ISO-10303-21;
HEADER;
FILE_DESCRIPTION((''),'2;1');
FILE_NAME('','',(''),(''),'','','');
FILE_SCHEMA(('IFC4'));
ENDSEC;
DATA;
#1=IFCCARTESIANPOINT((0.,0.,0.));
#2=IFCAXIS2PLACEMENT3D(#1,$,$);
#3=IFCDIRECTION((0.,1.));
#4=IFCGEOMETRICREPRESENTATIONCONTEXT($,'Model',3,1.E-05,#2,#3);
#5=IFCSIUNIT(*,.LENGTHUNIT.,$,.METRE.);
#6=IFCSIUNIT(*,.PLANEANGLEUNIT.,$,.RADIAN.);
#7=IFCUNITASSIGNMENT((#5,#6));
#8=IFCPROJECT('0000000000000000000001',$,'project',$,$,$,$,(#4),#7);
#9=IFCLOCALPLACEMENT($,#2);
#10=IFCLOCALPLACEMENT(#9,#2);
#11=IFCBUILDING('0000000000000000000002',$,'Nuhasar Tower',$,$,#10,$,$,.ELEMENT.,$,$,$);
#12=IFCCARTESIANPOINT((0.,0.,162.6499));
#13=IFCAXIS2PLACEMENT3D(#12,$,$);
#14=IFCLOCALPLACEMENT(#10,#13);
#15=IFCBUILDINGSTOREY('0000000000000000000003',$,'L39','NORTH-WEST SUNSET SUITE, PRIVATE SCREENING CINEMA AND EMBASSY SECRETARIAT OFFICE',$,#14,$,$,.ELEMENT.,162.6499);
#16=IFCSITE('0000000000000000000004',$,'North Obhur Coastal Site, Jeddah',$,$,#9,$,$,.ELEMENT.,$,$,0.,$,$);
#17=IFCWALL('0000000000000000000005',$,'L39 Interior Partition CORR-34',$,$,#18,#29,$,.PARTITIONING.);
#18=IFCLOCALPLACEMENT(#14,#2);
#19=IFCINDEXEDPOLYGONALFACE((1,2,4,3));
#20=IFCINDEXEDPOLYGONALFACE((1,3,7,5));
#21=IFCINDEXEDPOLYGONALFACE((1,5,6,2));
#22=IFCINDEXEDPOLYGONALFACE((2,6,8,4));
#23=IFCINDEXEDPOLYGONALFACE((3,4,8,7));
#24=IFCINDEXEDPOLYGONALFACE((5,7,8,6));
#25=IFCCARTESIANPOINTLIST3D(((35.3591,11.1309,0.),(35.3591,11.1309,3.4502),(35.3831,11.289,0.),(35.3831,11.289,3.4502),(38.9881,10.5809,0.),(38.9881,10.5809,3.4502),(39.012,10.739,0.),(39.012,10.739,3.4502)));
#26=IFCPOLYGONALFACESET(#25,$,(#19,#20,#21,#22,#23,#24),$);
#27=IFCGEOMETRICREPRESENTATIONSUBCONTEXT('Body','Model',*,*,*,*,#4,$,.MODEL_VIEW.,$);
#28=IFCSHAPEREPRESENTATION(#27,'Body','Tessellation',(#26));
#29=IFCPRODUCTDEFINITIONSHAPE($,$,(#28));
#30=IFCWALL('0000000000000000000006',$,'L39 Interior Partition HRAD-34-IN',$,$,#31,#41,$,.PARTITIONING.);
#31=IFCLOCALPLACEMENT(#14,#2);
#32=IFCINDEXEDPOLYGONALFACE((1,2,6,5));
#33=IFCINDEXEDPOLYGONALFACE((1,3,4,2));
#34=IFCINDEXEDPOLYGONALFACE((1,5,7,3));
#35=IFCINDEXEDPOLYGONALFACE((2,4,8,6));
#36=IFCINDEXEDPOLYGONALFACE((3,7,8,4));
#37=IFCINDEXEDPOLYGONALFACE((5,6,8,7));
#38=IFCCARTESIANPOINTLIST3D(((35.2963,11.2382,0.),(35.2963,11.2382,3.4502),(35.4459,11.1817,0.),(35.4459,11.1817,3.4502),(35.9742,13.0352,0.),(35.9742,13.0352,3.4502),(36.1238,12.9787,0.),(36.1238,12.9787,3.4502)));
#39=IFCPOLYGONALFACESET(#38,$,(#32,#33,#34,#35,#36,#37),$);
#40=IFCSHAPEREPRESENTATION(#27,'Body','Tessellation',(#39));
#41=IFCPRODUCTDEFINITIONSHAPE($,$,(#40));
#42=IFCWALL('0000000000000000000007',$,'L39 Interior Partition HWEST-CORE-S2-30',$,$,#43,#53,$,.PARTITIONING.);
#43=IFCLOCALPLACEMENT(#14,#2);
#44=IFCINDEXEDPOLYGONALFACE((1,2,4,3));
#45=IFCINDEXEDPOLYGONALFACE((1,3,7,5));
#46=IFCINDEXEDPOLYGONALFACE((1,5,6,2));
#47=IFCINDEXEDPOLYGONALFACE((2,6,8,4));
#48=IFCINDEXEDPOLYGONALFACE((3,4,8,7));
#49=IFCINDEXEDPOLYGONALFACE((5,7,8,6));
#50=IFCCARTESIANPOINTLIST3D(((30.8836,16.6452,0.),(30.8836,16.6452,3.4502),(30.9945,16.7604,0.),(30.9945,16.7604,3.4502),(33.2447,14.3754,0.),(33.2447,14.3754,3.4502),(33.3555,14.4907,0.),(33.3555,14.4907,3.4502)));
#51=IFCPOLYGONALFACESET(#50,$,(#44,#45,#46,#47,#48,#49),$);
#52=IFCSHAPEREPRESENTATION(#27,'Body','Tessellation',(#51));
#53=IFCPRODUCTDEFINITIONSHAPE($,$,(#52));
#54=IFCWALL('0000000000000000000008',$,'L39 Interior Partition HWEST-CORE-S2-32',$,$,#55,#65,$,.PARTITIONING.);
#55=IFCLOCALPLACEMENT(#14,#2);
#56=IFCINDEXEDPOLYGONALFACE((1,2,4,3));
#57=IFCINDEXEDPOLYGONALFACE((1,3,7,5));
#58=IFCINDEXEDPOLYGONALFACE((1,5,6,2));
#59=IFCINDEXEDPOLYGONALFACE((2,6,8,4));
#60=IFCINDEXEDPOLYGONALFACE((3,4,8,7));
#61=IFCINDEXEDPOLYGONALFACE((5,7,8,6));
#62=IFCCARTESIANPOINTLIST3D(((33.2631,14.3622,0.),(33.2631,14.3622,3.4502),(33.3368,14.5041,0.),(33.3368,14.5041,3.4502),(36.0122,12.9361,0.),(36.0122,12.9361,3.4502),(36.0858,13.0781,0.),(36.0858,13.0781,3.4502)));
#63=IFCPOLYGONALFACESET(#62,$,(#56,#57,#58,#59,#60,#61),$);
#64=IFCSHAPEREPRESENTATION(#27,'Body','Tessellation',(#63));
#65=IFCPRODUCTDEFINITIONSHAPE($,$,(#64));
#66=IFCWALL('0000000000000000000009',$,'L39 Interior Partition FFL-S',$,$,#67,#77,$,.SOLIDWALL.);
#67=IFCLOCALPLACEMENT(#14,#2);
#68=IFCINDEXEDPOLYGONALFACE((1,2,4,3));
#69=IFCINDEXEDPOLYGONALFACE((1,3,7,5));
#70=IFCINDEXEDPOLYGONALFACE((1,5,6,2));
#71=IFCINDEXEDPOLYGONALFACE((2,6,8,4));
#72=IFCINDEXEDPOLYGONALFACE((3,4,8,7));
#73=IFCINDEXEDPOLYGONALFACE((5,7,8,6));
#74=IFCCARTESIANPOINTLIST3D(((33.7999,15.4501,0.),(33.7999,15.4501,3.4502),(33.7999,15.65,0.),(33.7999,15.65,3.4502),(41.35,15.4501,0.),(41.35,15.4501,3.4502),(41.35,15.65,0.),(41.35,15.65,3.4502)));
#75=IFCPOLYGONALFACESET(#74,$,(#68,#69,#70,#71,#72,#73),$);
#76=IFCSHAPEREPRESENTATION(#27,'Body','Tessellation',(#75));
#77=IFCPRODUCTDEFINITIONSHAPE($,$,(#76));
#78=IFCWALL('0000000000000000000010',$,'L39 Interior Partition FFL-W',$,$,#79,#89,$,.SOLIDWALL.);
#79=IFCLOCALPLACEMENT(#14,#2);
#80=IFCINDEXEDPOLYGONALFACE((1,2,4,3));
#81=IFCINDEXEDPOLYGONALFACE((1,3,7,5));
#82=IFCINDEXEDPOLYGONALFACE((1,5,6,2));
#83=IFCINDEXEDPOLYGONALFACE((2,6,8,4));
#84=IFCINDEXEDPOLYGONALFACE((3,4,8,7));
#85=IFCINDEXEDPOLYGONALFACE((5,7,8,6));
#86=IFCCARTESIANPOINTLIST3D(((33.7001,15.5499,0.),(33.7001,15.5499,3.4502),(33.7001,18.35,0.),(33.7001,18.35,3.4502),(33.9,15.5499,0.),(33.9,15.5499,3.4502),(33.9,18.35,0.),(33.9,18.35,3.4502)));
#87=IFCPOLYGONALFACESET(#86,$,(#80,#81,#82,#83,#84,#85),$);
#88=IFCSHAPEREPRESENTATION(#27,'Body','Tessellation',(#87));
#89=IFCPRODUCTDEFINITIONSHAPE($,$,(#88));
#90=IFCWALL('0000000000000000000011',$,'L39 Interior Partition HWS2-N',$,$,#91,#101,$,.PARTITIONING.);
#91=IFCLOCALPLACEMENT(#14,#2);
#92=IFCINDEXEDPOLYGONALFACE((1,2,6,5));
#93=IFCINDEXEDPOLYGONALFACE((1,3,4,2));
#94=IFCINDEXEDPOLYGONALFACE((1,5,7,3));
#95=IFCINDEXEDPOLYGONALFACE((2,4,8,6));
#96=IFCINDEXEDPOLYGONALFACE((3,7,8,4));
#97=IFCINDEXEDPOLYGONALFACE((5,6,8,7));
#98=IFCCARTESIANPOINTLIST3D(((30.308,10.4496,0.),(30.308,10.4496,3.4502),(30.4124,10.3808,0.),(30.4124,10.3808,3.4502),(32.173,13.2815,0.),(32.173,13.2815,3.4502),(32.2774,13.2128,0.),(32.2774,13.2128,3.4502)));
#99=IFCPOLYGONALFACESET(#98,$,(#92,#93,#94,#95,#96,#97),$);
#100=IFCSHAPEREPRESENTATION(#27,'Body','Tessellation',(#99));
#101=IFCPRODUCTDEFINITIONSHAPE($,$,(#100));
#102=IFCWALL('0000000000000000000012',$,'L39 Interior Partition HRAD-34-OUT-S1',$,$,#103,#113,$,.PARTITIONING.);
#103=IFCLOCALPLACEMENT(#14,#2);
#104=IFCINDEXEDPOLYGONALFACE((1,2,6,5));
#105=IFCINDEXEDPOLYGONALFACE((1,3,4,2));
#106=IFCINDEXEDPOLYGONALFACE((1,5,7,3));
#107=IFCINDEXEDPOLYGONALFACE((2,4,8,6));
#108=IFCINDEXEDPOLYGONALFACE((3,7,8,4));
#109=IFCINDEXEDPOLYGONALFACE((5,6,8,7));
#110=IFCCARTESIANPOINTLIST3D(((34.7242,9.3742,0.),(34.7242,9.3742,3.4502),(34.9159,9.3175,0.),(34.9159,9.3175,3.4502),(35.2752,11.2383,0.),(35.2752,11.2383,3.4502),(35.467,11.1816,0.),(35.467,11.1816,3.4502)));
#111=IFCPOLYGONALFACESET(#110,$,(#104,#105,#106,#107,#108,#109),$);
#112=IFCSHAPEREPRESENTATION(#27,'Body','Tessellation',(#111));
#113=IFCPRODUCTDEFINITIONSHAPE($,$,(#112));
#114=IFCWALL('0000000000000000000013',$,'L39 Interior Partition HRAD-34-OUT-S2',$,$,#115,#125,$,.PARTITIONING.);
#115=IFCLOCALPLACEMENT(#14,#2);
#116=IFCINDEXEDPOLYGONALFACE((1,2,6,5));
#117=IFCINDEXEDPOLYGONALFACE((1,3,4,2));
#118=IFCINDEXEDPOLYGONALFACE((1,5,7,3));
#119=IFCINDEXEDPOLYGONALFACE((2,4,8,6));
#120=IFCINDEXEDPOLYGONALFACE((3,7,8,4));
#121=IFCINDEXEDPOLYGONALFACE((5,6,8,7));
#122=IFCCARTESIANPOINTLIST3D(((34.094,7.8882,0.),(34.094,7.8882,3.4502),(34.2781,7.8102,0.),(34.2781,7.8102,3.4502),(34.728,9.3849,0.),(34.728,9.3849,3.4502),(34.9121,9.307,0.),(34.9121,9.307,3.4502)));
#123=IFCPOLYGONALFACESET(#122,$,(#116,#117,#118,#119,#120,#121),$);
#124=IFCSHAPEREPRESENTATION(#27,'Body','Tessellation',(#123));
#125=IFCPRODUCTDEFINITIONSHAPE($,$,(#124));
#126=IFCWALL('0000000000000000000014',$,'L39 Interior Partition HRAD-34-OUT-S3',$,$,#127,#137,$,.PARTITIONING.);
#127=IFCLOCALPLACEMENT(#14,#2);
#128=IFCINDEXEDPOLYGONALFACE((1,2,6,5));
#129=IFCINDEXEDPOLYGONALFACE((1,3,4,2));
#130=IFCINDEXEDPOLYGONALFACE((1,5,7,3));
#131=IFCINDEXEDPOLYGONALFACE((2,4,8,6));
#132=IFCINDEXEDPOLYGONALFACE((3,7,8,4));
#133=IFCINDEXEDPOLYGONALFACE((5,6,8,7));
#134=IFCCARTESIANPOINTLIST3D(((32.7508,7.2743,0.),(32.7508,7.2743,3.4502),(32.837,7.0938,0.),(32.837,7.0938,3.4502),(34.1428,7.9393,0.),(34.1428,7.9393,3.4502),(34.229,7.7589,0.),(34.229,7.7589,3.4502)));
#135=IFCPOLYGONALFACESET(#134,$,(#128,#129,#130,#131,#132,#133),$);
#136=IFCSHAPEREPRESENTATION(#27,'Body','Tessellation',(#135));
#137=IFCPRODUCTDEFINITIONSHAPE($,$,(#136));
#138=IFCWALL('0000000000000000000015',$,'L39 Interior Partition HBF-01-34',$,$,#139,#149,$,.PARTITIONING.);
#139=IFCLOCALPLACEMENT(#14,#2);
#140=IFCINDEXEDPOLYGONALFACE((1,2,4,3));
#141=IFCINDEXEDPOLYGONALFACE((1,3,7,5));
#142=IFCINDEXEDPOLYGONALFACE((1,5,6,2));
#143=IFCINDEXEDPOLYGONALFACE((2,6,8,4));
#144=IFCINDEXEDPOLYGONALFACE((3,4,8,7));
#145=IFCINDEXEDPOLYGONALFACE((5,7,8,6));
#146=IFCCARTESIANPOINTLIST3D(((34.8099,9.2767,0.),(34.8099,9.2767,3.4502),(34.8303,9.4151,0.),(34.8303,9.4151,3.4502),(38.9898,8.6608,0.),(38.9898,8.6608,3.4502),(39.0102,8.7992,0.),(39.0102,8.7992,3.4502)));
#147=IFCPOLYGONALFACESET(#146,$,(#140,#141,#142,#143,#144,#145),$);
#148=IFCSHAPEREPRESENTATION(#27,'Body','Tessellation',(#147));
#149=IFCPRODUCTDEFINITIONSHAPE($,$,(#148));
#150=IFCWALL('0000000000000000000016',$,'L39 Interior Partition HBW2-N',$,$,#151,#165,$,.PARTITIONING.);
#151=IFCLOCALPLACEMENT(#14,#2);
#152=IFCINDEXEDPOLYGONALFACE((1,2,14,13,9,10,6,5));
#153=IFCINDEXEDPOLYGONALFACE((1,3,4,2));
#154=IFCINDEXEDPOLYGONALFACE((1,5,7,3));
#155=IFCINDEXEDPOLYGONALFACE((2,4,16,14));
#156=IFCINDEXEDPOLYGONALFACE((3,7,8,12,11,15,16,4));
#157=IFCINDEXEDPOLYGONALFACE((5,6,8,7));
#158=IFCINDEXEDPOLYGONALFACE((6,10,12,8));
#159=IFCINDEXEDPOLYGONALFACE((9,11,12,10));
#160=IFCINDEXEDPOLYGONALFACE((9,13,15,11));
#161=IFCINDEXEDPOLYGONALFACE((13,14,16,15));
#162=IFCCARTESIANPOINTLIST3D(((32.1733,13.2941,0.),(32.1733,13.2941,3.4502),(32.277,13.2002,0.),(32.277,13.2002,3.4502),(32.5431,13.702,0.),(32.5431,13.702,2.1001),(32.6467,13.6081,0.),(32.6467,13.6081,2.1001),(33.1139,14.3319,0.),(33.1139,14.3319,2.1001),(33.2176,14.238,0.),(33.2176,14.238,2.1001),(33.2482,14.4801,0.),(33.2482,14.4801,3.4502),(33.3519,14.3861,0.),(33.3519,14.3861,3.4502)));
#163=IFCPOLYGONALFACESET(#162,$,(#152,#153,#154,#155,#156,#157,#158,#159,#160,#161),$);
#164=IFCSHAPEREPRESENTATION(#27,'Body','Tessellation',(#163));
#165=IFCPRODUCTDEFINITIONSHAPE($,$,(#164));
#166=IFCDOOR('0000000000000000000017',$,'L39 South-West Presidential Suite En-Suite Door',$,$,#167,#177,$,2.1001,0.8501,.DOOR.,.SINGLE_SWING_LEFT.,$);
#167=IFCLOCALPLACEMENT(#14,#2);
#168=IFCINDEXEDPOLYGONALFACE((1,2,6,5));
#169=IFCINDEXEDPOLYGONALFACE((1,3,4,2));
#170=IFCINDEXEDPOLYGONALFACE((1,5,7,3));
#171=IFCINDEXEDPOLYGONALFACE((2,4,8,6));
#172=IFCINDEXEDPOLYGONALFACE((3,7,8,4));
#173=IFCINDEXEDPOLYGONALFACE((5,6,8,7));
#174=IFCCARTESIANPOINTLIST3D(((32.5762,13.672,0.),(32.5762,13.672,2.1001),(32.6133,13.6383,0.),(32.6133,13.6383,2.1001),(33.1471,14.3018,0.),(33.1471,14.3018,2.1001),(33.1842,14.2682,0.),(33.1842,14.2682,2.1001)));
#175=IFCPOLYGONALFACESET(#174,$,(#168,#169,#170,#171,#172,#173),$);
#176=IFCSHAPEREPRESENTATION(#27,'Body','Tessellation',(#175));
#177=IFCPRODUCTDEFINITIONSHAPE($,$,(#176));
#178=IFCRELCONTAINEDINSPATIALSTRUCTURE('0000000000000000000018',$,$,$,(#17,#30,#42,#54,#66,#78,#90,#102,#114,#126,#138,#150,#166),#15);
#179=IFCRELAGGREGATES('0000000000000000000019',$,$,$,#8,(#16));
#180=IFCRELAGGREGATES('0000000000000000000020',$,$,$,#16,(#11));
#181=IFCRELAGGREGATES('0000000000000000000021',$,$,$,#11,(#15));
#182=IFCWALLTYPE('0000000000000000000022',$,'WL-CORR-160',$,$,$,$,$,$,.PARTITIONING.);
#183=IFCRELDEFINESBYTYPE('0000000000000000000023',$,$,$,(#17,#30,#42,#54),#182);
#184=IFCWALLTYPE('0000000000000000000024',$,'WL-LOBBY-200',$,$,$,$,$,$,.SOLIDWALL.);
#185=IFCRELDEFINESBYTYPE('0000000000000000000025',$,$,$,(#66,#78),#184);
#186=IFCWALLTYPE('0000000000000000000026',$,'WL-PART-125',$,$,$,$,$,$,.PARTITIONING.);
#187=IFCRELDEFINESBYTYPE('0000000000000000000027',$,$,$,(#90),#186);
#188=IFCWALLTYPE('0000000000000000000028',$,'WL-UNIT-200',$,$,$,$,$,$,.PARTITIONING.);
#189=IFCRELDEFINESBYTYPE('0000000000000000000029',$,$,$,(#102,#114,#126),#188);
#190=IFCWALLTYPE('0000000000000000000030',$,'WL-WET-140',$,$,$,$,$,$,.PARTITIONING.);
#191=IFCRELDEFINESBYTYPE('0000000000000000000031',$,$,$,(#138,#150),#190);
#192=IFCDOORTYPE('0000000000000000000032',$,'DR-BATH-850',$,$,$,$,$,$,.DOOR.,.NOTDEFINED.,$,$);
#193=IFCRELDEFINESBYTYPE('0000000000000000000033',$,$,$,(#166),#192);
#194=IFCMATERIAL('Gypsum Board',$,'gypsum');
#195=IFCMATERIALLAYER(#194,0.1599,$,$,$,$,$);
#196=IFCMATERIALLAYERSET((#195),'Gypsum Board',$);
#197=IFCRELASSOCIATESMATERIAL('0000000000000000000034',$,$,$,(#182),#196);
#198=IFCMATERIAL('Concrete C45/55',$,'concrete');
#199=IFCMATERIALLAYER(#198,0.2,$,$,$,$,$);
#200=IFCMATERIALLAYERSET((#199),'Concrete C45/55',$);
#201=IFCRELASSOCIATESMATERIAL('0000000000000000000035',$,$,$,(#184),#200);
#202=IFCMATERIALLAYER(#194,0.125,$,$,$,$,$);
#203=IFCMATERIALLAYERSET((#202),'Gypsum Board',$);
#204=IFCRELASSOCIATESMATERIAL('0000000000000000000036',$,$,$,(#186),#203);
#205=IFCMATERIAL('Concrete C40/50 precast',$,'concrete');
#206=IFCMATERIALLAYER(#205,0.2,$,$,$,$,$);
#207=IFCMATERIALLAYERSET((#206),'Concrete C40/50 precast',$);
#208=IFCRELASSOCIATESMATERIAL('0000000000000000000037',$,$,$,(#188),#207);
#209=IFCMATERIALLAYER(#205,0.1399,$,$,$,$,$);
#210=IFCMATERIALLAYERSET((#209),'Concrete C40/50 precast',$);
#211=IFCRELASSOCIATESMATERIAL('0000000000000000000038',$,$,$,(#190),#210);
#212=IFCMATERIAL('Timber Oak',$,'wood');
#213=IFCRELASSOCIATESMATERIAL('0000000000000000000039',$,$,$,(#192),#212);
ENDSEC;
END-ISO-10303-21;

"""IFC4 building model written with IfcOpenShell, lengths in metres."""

from ifc_helpers import new_model, si_unit, direction, frame, frame_2d, origin, place, context, subcontext, project, spatial, rectangle, extrude, material, layer, layer_set, type_object, element, fill, save


model = new_model("IFC4")

# Units and contexts
model_context = context("Model", 3, precision=1e-05, world=origin(), true_north=direction((0.0, 1.0)))
body_context = subcontext(model_context, "Body", "Model", "MODEL_VIEW")
ifc_project = project(units=[si_unit("LENGTHUNIT", "METRE"), si_unit("PLANEANGLEUNIT", "RADIAN")], contexts=[model_context])

# Site, building, storey
site_placement = place(None, origin())
site = spatial("IfcSite", under=ifc_project, at=site_placement, Name="North Obhur Coastal Site, Jeddah", CompositionType="ELEMENT", RefElevation=0.0)
building_placement = place(site_placement, origin())
building = spatial("IfcBuilding", under=site, at=building_placement, Name="Nuhasar Tower", CompositionType="ELEMENT")
storey_placement = place(building_placement, frame((0.0, 0.0, 162.6499)))
storey = spatial("IfcBuildingStorey", under=building, at=storey_placement, Name="L39", Description="NORTH-WEST SUNSET SUITE, PRIVATE SCREENING CINEMA AND EMBASSY SECRETARIAT OFFICE", CompositionType="ELEMENT", Elevation=162.6499)

# Walls
ifc_material_1 = material(Name="Gypsum Board", Category="gypsum")
ifc_layer_1 = layer(ifc_material_1, 0.1599)
ifc_layer_set_1 = layer_set([ifc_layer_1], Name="Gypsum Board")
wall_type_1 = type_object("IfcWallType", Name="WL-CORR-160", PredefinedType="PARTITIONING", material=ifc_layer_set_1)
wall_1_placement = place(storey_placement, frame((35.3711, 11.21, 0.0), z_axis=(0.0, 0.0, 1.0), x_axis=(0.988707, -0.149863, 0.0)))
element("IfcWall", 1, at=wall_1_placement, inside=storey, type_object=wall_type_1, Name="L39 Interior Partition CORR-34", PredefinedType="PARTITIONING", context=body_context, shape_type="SweptSolid", body=[
    extrude(rectangle(XDim=3.6704, YDim=0.1599, at=frame_2d((1.8352, 0.0))), origin(), (0.0, 0.0, 1.0), 3.4502),
])
wall_2_placement = place(storey_placement, frame((36.0491, 13.0071, 0.0), z_axis=(0.0, 0.0, 1.0), x_axis=(-0.352975, -0.935633, 0.0)))
element("IfcWall", 2, at=wall_2_placement, inside=storey, type_object=wall_type_1, Name="L39 Interior Partition HRAD-34-IN", PredefinedType="PARTITIONING", context=body_context, shape_type="SweptSolid", body=[
    extrude(rectangle(XDim=1.9207, YDim=0.1599, at=frame_2d((0.9604, 0.0))), origin(), (0.0, 0.0, 1.0), 3.4502),
])
wall_3_placement = place(storey_placement, frame((30.939, 16.7029, 0.0), z_axis=(0.0, 0.0, 1.0), x_axis=(0.720909, -0.69303, 0.0)))
element("IfcWall", 3, at=wall_3_placement, inside=storey, type_object=wall_type_1, Name="L39 Interior Partition HWEST-CORE-S2-30", PredefinedType="PARTITIONING", context=body_context, shape_type="SweptSolid", body=[
    extrude(rectangle(XDim=3.2751, YDim=0.1599, at=frame_2d((1.6377, 0.0))), origin(), (0.0, 0.0, 1.0), 3.4502),
])
wall_4_placement = place(storey_placement, frame((33.3, 14.4331, 0.0), z_axis=(0.0, 0.0, 1.0), x_axis=(0.887675, -0.460471, 0.0)))
element("IfcWall", 4, at=wall_4_placement, inside=storey, type_object=wall_type_1, Name="L39 Interior Partition HWEST-CORE-S2-32", PredefinedType="PARTITIONING", context=body_context, shape_type="SweptSolid", body=[
    extrude(rectangle(XDim=3.0969, YDim=0.1599, at=frame_2d((1.5483, 0.0))), origin(), (0.0, 0.0, 1.0), 3.4502),
])
ifc_material_2 = material(Name="Concrete C45/55", Category="concrete")
ifc_layer_2 = layer(ifc_material_2, 0.2)
ifc_layer_set_2 = layer_set([ifc_layer_2], Name="Concrete C45/55")
wall_type_2 = type_object("IfcWallType", Name="WL-LOBBY-200", PredefinedType="SOLIDWALL", material=ifc_layer_set_2)
wall_5_placement = place(storey_placement, frame((33.8, 15.55, 0.0), z_axis=(0.0, 0.0, 1.0), x_axis=(1.0, 0.0, 0.0)))
element("IfcWall", 5, at=wall_5_placement, inside=storey, type_object=wall_type_2, Name="L39 Interior Partition FFL-S", PredefinedType="SOLIDWALL", context=body_context, shape_type="SweptSolid", body=[
    extrude(rectangle(XDim=7.55, YDim=0.2, at=frame_2d((3.7749, 0.0))), origin(), (0.0, 0.0, 1.0), 3.4502),
])
wall_6_placement = place(storey_placement, frame((33.8, 15.55, 0.0), z_axis=(0.0, 0.0, 1.0), x_axis=(0.0, 1.0, 0.0)))
element("IfcWall", 6, at=wall_6_placement, inside=storey, type_object=wall_type_2, Name="L39 Interior Partition FFL-W", PredefinedType="SOLIDWALL", context=body_context, shape_type="SweptSolid", body=[
    extrude(rectangle(XDim=2.8, YDim=0.2, at=frame_2d((1.3999, 0.0))), origin(), (0.0, 0.0, 1.0), 3.4502),
])
ifc_layer_3 = layer(ifc_material_1, 0.125)
ifc_layer_set_3 = layer_set([ifc_layer_3], Name="Gypsum Board")
wall_type_3 = type_object("IfcWallType", Name="WL-PART-125", PredefinedType="PARTITIONING", material=ifc_layer_set_3)
wall_7_placement = place(storey_placement, frame((32.2251, 13.2471, 0.0), z_axis=(0.0, 0.0, 1.0), x_axis=(-0.549989, -0.835172, 0.0)))
element("IfcWall", 7, at=wall_7_placement, inside=storey, type_object=wall_type_3, Name="L39 Interior Partition HWS2-N", PredefinedType="PARTITIONING", context=body_context, shape_type="SweptSolid", body=[
    extrude(rectangle(XDim=3.3909, YDim=0.125, at=frame_2d((1.6953, 0.0))), origin(), (0.0, 0.0, 1.0), 3.4502),
])
ifc_material_3 = material(Name="Concrete C40/50 precast", Category="concrete")
ifc_layer_4 = layer(ifc_material_3, 0.2)
ifc_layer_set_4 = layer_set([ifc_layer_4], Name="Concrete C40/50 precast")
wall_type_4 = type_object("IfcWallType", Name="WL-UNIT-200", PredefinedType="PARTITIONING", material=ifc_layer_set_4)
wall_8_placement = place(storey_placement, frame((35.3711, 11.21, 0.0), z_axis=(0.0, 0.0, 1.0), x_axis=(-0.283485, -0.958977, 0.0)))
element("IfcWall", 8, at=wall_8_placement, inside=storey, type_object=wall_type_4, Name="L39 Interior Partition HRAD-34-OUT-S1", PredefinedType="PARTITIONING", context=body_context, shape_type="SweptSolid", body=[
    extrude(rectangle(XDim=1.9438, YDim=0.2, at=frame_2d((0.9719, 0.0))), origin(), (0.0, 0.0, 1.0), 3.4502),
])
wall_9_placement = place(storey_placement, frame((34.8201, 9.3459, 0.0), z_axis=(0.0, 0.0, 1.0), x_axis=(-0.390037, -0.920799, 0.0)))
element("IfcWall", 9, at=wall_9_placement, inside=storey, type_object=wall_type_4, Name="L39 Interior Partition HRAD-34-OUT-S2", PredefinedType="PARTITIONING", context=body_context, shape_type="SweptSolid", body=[
    extrude(rectangle(XDim=1.6255, YDim=0.2, at=frame_2d((0.8127, 0.0))), origin(), (0.0, 0.0, 1.0), 3.4502),
])
wall_10_placement = place(storey_placement, frame((34.186, 7.8491, 0.0), z_axis=(0.0, 0.0, 1.0), x_axis=(-0.902322, -0.431063, 0.0)))
element("IfcWall", 10, at=wall_10_placement, inside=storey, type_object=wall_type_4, Name="L39 Interior Partition HRAD-34-OUT-S3", PredefinedType="PARTITIONING", context=body_context, shape_type="SweptSolid", body=[
    extrude(rectangle(XDim=1.5427, YDim=0.2, at=frame_2d((0.7715, 0.0))), origin(), (0.0, 0.0, 1.0), 3.4502),
])
ifc_layer_5 = layer(ifc_material_3, 0.1399)
ifc_layer_set_5 = layer_set([ifc_layer_5], Name="Concrete C40/50 precast")
wall_type_5 = type_object("IfcWallType", Name="WL-WET-140", PredefinedType="PARTITIONING", material=ifc_layer_set_5)
wall_11_placement = place(storey_placement, frame((34.8201, 9.3459, 0.0), z_axis=(0.0, 0.0, 1.0), x_axis=(0.989316, -0.145788, 0.0)))
element("IfcWall", 11, at=wall_11_placement, inside=storey, type_object=wall_type_5, Name="L39 Interior Partition HBF-01-34", PredefinedType="PARTITIONING", context=body_context, shape_type="SweptSolid", body=[
    extrude(rectangle(XDim=4.2251, YDim=0.1399, at=frame_2d((2.1125, 0.0))), origin(), (0.0, 0.0, 1.0), 3.4502),
])

# Wall, opening, door
wall_12_placement = place(storey_placement, frame((33.3, 14.4331, 0.0), z_axis=(0.0, 0.0, 1.0), x_axis=(-0.671556, -0.740954, 0.0)))
wall_12 = element("IfcWall", 12, at=wall_12_placement, inside=storey, type_object=wall_type_5, Name="L39 Interior Partition HBW2-N", PredefinedType="PARTITIONING", context=body_context, shape_type="SweptSolid", body=[
    extrude(rectangle(XDim=1.6006, YDim=0.1399, at=frame_2d((0.8003, 0.0))), origin(), (0.0, 0.0, 1.0), 3.4502),
])
opening_placement = place(wall_12_placement, frame((0.2, 0.0, 0.0)))
opening = element("IfcOpeningElement", 13, at=opening_placement, cuts=wall_12, PredefinedType="OPENING", context=body_context, shape_type="SweptSolid", body=[
    extrude(rectangle(XDim=0.8501, YDim=2.1001, at=frame_2d((0.425, 1.05))), frame((0.0, 0.0801, 0.0), z_axis=(0.0, -1.0, 0.0), x_axis=(1.0, 0.0, 0.0)), (0.0, 0.0, 1.0), 0.1599),
])
ifc_material_4 = material(Name="Timber Oak", Category="wood")
door_type = type_object("IfcDoorType", Name="DR-BATH-850", OperationType="NOTDEFINED", PredefinedType="DOOR", material=ifc_material_4)
door_placement = place(opening_placement, origin())
door = element("IfcDoor", 14, at=door_placement, inside=storey, type_object=door_type, Name="L39 South-West Presidential Suite En-Suite Door", OperationType="SINGLE_SWING_LEFT", OverallHeight=2.1001, OverallWidth=0.8501, PredefinedType="DOOR", context=body_context, shape_type="SweptSolid", body=[
    extrude(rectangle(XDim=0.8501, YDim=2.1001, at=frame_2d((0.425, 1.05))), frame((0.0, 0.0249, 0.0), z_axis=(0.0, -1.0, 0.0), x_axis=(1.0, 0.0, 0.0)), (0.0, 0.0, 1.0), 0.05),
])
fill(opening, door)

save(model, "model.ifc")
